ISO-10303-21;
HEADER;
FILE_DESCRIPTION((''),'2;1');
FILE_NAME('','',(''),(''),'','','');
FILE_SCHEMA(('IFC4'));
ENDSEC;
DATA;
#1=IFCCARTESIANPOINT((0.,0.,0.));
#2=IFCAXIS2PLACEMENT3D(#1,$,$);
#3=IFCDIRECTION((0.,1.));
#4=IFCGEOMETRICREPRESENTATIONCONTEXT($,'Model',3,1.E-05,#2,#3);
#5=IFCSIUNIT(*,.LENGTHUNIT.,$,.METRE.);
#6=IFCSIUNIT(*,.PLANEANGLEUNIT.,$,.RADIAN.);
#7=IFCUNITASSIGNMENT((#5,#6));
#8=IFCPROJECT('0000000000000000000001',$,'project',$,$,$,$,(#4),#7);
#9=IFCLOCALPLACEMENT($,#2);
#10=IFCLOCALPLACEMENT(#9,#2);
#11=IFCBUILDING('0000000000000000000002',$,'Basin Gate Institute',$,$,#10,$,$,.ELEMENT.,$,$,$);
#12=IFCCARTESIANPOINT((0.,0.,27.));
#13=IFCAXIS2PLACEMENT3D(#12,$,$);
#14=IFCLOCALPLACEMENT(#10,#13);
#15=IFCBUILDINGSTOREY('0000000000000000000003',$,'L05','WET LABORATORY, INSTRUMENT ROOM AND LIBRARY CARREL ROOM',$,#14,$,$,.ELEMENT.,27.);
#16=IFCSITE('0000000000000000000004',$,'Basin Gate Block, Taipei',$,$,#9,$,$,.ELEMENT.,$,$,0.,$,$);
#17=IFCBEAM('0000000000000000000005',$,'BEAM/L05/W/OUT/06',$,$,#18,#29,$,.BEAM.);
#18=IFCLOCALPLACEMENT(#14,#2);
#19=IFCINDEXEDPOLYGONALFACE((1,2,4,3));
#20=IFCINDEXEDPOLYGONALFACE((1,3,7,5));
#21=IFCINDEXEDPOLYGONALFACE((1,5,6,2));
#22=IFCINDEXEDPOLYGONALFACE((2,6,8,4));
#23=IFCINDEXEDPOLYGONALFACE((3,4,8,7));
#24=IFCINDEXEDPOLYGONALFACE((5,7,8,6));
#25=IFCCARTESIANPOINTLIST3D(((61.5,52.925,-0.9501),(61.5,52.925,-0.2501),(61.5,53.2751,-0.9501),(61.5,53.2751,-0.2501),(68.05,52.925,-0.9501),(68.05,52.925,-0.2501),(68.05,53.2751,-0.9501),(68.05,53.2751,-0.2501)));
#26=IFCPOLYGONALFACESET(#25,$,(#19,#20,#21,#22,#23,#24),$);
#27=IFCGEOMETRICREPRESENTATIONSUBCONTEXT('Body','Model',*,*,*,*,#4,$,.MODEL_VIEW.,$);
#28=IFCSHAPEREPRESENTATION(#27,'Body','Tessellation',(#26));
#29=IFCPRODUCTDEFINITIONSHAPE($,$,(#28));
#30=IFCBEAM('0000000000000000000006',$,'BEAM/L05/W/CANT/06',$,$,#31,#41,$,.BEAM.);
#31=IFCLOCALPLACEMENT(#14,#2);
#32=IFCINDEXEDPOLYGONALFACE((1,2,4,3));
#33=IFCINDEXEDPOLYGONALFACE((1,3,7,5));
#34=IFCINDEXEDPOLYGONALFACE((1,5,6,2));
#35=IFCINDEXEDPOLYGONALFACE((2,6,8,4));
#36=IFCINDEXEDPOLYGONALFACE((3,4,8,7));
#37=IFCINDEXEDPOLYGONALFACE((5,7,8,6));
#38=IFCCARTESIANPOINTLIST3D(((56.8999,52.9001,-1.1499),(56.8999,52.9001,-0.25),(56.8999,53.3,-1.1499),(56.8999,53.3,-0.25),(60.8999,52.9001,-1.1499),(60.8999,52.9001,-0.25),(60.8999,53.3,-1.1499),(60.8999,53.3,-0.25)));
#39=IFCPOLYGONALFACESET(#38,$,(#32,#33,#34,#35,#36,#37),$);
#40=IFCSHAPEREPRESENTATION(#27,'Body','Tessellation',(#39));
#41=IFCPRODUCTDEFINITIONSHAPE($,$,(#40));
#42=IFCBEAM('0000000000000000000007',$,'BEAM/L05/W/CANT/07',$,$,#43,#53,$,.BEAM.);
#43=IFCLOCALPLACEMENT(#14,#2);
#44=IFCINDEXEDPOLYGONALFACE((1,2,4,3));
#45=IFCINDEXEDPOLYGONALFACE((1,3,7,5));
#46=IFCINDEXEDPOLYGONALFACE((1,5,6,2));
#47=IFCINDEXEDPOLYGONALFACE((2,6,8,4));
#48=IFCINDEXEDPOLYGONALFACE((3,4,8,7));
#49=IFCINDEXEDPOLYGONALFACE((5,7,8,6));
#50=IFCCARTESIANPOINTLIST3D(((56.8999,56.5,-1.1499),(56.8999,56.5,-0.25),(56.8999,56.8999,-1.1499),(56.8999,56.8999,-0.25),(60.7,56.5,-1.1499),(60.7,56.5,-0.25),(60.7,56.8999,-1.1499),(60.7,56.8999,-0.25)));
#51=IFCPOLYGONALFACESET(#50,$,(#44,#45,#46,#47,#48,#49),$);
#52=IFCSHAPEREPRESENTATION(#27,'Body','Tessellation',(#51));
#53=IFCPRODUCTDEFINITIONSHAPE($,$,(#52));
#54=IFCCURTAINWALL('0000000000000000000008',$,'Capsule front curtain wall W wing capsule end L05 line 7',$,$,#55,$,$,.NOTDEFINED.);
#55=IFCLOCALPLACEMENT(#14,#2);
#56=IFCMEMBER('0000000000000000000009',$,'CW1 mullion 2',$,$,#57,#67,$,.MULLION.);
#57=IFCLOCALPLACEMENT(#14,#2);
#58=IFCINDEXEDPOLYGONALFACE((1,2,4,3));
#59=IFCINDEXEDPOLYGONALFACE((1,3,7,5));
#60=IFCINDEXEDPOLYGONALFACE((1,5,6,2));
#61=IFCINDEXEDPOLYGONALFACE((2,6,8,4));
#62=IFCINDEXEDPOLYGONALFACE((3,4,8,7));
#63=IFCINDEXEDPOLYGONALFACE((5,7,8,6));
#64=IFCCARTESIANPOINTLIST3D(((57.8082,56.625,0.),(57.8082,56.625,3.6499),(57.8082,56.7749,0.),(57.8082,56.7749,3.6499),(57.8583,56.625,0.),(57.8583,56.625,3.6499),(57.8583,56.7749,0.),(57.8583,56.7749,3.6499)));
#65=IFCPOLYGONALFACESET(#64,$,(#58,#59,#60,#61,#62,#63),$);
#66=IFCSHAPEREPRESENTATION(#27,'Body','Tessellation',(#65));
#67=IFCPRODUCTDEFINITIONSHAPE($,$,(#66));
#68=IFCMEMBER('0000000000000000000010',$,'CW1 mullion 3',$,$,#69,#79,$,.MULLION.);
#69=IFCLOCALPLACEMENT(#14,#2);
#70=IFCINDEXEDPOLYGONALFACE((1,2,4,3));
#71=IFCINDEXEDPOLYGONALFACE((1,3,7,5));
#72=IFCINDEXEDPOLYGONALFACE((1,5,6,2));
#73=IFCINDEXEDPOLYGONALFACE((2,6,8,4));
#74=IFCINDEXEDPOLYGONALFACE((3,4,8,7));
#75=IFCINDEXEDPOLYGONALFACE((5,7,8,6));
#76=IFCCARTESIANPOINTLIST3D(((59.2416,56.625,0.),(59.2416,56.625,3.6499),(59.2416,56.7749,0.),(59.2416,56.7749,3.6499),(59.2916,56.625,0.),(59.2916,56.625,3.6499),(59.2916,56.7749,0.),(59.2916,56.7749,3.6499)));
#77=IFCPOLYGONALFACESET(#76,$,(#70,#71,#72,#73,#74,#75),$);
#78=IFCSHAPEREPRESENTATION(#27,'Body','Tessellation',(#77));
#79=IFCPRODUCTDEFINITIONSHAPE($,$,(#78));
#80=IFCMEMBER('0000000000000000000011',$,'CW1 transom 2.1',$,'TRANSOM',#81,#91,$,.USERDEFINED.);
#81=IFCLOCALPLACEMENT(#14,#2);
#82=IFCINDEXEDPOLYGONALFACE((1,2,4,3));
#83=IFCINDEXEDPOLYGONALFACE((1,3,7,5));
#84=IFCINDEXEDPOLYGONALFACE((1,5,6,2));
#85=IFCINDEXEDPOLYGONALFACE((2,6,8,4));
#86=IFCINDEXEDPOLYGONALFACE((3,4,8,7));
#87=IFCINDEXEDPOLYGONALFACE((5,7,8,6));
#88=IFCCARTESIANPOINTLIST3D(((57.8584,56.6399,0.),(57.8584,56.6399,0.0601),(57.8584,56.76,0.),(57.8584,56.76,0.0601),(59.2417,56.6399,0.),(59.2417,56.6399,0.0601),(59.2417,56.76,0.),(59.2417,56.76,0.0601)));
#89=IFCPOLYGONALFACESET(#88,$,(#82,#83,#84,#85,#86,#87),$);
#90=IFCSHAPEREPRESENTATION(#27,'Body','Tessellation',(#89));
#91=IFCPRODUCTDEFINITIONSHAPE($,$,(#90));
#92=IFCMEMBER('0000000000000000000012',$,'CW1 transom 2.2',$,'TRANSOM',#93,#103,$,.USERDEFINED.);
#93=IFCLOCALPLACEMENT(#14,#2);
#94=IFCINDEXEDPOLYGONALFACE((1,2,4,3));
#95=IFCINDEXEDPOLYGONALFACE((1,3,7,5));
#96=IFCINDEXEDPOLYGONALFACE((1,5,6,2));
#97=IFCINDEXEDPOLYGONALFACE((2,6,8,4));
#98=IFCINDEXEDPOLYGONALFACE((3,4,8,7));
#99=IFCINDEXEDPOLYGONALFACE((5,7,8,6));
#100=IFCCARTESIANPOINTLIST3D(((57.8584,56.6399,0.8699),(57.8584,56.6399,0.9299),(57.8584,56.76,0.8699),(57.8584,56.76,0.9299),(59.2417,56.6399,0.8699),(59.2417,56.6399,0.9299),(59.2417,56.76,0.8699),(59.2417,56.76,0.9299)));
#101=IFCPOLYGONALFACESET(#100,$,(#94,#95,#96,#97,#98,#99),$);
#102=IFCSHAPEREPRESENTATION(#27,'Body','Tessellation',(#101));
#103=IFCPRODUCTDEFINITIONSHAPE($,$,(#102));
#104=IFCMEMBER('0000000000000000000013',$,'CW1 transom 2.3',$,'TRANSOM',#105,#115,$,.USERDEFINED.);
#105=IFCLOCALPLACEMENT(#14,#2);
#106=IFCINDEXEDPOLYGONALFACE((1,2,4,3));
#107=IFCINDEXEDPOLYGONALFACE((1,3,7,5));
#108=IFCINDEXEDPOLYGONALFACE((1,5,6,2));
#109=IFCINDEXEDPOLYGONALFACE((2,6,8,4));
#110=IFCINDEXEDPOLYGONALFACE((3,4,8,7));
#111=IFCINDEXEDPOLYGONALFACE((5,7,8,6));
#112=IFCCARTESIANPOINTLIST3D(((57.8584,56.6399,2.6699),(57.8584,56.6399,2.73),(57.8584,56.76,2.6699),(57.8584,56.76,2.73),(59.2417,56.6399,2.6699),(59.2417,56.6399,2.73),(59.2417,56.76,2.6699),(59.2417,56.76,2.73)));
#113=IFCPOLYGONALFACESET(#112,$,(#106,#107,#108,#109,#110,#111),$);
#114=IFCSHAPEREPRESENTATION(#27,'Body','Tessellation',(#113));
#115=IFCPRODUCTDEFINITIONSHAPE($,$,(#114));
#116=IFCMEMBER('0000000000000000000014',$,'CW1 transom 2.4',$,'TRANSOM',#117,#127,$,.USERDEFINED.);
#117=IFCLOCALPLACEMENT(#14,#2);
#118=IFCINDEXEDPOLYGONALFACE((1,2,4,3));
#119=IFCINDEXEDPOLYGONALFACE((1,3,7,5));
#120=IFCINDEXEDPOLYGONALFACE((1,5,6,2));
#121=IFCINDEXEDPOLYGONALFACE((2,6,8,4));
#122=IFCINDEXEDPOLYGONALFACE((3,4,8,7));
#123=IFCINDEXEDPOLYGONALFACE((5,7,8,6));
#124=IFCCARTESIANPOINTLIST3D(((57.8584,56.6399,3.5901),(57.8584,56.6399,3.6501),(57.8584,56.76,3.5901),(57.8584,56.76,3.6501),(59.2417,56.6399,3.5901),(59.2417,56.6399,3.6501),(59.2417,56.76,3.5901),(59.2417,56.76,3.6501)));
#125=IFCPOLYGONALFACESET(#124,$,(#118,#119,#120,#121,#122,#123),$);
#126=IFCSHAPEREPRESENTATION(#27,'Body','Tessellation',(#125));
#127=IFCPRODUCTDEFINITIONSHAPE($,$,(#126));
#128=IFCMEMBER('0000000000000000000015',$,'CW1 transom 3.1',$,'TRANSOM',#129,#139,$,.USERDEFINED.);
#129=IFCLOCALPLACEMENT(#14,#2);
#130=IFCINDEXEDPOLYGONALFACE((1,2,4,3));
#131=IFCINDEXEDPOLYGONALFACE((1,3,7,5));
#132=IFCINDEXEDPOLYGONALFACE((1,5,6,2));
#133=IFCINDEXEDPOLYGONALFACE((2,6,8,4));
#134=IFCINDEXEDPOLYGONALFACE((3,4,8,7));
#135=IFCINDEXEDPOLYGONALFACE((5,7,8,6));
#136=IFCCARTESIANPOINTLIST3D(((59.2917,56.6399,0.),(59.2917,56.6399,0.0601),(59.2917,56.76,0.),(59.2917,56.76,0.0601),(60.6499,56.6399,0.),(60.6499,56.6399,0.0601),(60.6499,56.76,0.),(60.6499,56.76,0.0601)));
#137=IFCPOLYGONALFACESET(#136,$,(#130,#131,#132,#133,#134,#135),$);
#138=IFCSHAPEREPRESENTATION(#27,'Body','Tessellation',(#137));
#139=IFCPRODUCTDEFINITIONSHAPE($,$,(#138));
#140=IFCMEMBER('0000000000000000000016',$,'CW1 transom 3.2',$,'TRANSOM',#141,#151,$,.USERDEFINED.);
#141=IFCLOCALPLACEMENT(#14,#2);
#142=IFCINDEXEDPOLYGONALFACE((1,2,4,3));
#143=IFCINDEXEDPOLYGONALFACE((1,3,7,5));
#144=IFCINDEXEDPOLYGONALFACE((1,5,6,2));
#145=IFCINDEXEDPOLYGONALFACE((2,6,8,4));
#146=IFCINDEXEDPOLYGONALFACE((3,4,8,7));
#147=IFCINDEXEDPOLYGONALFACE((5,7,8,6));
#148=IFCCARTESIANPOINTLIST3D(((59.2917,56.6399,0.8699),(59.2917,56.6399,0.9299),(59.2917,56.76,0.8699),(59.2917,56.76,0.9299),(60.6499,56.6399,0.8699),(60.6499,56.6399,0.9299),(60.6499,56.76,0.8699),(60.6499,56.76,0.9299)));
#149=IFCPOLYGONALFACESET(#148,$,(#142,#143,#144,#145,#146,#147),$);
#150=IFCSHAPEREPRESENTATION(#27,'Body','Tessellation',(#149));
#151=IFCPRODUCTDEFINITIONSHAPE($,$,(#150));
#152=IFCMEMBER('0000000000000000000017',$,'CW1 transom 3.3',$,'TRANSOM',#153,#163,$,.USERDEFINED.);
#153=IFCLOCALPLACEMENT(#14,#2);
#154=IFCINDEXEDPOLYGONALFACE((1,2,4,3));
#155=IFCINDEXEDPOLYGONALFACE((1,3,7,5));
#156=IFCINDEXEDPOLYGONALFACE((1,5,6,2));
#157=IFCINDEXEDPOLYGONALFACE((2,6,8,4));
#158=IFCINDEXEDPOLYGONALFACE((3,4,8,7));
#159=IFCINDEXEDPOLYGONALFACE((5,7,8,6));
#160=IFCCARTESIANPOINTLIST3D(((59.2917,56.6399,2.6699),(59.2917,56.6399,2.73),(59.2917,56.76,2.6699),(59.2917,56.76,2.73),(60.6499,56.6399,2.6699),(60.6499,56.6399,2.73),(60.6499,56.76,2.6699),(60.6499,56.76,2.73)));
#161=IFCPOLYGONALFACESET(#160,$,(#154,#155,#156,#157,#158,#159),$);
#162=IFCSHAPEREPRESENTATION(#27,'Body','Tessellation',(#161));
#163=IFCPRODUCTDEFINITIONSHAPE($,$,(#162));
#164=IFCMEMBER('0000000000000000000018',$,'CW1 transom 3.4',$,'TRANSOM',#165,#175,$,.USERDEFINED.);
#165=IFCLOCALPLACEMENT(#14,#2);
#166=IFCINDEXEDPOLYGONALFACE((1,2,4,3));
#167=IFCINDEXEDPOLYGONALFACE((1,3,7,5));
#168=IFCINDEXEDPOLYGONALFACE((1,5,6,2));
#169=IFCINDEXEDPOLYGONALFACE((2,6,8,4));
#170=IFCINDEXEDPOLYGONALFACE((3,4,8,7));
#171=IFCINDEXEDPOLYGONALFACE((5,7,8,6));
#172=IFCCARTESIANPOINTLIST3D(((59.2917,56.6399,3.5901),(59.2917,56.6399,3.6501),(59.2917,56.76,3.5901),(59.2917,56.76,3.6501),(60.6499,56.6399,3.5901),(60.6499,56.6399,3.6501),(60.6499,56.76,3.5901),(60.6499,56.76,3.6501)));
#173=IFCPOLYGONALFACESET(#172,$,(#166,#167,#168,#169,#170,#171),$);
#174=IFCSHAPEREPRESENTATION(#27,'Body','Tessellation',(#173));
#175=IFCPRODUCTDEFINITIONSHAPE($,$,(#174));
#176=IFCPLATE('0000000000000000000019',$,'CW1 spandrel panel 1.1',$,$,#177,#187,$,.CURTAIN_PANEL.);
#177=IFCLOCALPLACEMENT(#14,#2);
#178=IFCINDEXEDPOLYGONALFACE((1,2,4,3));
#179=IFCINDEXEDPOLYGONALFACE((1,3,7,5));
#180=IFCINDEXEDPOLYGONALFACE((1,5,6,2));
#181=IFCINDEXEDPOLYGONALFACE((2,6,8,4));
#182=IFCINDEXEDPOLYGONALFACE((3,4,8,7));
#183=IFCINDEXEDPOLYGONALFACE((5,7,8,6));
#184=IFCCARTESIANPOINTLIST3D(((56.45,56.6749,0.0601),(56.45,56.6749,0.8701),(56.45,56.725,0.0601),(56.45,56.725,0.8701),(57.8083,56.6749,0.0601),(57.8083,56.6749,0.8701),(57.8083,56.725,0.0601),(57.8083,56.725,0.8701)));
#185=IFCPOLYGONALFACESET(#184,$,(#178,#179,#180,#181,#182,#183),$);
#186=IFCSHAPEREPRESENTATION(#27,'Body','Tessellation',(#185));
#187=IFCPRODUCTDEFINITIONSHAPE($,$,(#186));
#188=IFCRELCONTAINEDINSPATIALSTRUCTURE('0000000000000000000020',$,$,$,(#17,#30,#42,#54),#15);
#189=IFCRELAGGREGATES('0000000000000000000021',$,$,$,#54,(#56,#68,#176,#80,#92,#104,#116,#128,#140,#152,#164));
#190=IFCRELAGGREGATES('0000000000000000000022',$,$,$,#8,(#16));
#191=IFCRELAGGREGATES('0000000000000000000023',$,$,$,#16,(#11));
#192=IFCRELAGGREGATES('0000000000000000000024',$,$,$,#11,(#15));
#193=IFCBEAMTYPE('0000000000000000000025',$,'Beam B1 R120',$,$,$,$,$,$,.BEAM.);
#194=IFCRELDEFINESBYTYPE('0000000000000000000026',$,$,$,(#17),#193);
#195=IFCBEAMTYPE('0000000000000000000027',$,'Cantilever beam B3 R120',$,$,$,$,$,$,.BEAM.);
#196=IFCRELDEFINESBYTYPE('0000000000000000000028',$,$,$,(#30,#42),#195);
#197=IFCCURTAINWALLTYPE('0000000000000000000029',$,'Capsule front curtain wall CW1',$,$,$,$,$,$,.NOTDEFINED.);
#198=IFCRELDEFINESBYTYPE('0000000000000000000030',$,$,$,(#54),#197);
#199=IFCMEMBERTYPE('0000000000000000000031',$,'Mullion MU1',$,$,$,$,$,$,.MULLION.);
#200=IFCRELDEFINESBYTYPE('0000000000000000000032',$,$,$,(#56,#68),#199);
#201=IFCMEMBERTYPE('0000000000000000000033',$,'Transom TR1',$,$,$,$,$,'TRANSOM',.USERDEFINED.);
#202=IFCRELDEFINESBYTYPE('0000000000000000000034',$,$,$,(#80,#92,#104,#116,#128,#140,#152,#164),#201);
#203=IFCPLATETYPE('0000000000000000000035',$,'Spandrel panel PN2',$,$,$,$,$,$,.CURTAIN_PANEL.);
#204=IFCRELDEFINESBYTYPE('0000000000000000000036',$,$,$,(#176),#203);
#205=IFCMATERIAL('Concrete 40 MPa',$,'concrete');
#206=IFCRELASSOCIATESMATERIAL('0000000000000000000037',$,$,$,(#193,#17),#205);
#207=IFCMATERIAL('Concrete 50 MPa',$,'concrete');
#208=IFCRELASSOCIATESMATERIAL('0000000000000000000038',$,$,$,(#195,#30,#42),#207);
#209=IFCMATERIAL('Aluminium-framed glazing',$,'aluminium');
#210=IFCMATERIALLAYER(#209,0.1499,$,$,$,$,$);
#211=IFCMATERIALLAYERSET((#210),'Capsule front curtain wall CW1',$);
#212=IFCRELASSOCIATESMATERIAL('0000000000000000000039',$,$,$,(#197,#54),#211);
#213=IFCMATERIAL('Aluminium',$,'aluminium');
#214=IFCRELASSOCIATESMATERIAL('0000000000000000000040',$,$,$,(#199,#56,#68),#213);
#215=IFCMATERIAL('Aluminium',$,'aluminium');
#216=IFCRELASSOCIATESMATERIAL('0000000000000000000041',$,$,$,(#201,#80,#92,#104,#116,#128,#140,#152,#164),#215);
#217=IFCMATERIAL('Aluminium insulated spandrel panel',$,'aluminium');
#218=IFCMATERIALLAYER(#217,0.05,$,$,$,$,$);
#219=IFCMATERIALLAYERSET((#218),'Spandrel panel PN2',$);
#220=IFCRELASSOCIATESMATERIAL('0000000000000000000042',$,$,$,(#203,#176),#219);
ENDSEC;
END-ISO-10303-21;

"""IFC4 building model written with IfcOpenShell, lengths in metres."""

from ifc_helpers import new_model, si_unit, direction, frame, origin, origin_2d, place, context, subcontext, project, spatial, rectangle, extrude, material, layer, layer_set, material_profile, profile_set, type_object, element, aggregate, save


model = new_model("IFC4")

# Units and contexts
model_context = context("Model", 3, precision=1e-05, world=origin(), true_north=direction((0.0, 1.0)))
body_context = subcontext(model_context, "Body", "Model", "MODEL_VIEW")
ifc_project = project(units=[si_unit("LENGTHUNIT", "METRE"), si_unit("PLANEANGLEUNIT", "RADIAN")], contexts=[model_context])

# Site, building, storey
site_placement = place(None, origin())
site = spatial("IfcSite", under=ifc_project, at=site_placement, Name="Basin Gate Block, Taipei", CompositionType="ELEMENT", RefElevation=0.0)
building_placement = place(site_placement, origin())
building = spatial("IfcBuilding", under=site, at=building_placement, Name="Basin Gate Institute", CompositionType="ELEMENT")
storey_placement = place(building_placement, frame((0.0, 0.0, 27.0)))
storey = spatial("IfcBuildingStorey", under=building, at=storey_placement, Name="L05", Description="WET LABORATORY, INSTRUMENT ROOM AND LIBRARY CARREL ROOM", CompositionType="ELEMENT", Elevation=27.0)

# Beams
ifc_material_1 = material(Name="Concrete 40 MPa", Category="concrete")
ifc_material_profile_1 = material_profile(ifc_material_1, rectangle(XDim=0.3501, YDim=0.7, at=origin_2d()), Name="Beam B1 350 x 700")
ifc_profile_set_1 = profile_set([ifc_material_profile_1], Name="Concrete 40 MPa")
beam_type_1 = type_object("IfcBeamType", Name="Beam B1 R120", PredefinedType="BEAM", material=ifc_profile_set_1)
beam_1_placement = place(storey_placement, frame((61.5, 53.1001, -0.6001), z_axis=(1.0, 0.0, 0.0), x_axis=(0.0, 1.0, 0.0)))
element("IfcBeam", 1, at=beam_1_placement, inside=storey, type_object=beam_type_1, material=ifc_profile_set_1, Name="BEAM/L05/W/OUT/06", PredefinedType="BEAM", context=body_context, shape_type="SweptSolid", body=[
    extrude(rectangle(XDim=0.3501, YDim=0.7, at=origin_2d()), origin(), (0.0, 0.0, 1.0), 6.55),
])
ifc_material_2 = material(Name="Concrete 50 MPa", Category="concrete")
ifc_material_profile_2 = material_profile(ifc_material_2, rectangle(XDim=0.3999, YDim=0.8999, at=origin_2d()), Name="Cantilever beam B3 400 x 900")
ifc_profile_set_2 = profile_set([ifc_material_profile_2], Name="Concrete 50 MPa")
beam_type_2 = type_object("IfcBeamType", Name="Cantilever beam B3 R120", PredefinedType="BEAM", material=ifc_profile_set_2)
beam_2_placement = place(storey_placement, frame((56.8999, 53.1001, -0.7), z_axis=(1.0, 0.0, 0.0), x_axis=(0.0, 1.0, 0.0)))
element("IfcBeam", 2, at=beam_2_placement, inside=storey, type_object=beam_type_2, material=ifc_profile_set_2, Name="BEAM/L05/W/CANT/06", PredefinedType="BEAM", context=body_context, shape_type="SweptSolid", body=[
    extrude(rectangle(XDim=0.3999, YDim=0.8999, at=origin_2d()), origin(), (0.0, 0.0, 1.0), 4.0),
])
beam_3_placement = place(storey_placement, frame((56.8999, 56.7, -0.7), z_axis=(1.0, 0.0, 0.0), x_axis=(0.0, 1.0, 0.0)))
element("IfcBeam", 3, at=beam_3_placement, inside=storey, type_object=beam_type_2, material=ifc_profile_set_2, Name="BEAM/L05/W/CANT/07", PredefinedType="BEAM", context=body_context, shape_type="SweptSolid", body=[
    extrude(rectangle(XDim=0.3999, YDim=0.8999, at=origin_2d()), origin(), (0.0, 0.0, 1.0), 3.8),
])

# Curtain wall, members, plate
ifc_material_3 = material(Name="Aluminium-framed glazing", Category="aluminium")
ifc_layer_1 = layer(ifc_material_3, 0.1499)
ifc_layer_set_1 = layer_set([ifc_layer_1], Name="Capsule front curtain wall CW1")
curtain_wall_type = type_object("IfcCurtainWallType", Name="Capsule front curtain wall CW1", PredefinedType="NOTDEFINED", material=ifc_layer_set_1)
curtain_wall_placement = place(storey_placement, origin())
curtain_wall = element("IfcCurtainWall", 4, at=curtain_wall_placement, inside=storey, type_object=curtain_wall_type, material=ifc_layer_set_1, Name="Capsule front curtain wall W wing capsule end L05 line 7", PredefinedType="NOTDEFINED")
ifc_material_4 = material(Name="Aluminium", Category="aluminium")
ifc_material_profile_3 = material_profile(ifc_material_4, rectangle(XDim=0.1499, YDim=0.05, at=origin_2d()), Name="Mullion MU1 150 x 50")
ifc_profile_set_3 = profile_set([ifc_material_profile_3], Name="Aluminium")
member_type_1 = type_object("IfcMemberType", Name="Mullion MU1", PredefinedType="MULLION", material=ifc_profile_set_3)
member_1_placement = place(storey_placement, frame((57.8333, 56.7, 0.0), z_axis=(0.0, 0.0, 1.0), x_axis=(0.0, 1.0, 0.0)))
member_1 = element("IfcMember", 5, at=member_1_placement, type_object=member_type_1, material=ifc_profile_set_3, Name="CW1 mullion 2", PredefinedType="MULLION", context=body_context, shape_type="SweptSolid", body=[
    extrude(rectangle(XDim=0.1499, YDim=0.05, at=origin_2d()), origin(), (0.0, 0.0, 1.0), 3.6499),
])
member_2_placement = place(storey_placement, frame((59.2666, 56.7, 0.0), z_axis=(0.0, 0.0, 1.0), x_axis=(0.0, 1.0, 0.0)))
member_2 = element("IfcMember", 6, at=member_2_placement, type_object=member_type_1, material=ifc_profile_set_3, Name="CW1 mullion 3", PredefinedType="MULLION", context=body_context, shape_type="SweptSolid", body=[
    extrude(rectangle(XDim=0.1499, YDim=0.05, at=origin_2d()), origin(), (0.0, 0.0, 1.0), 3.6499),
])
ifc_material_5 = material(Name="Aluminium", Category="aluminium")
ifc_material_profile_4 = material_profile(ifc_material_5, rectangle(XDim=0.1201, YDim=0.0601, at=origin_2d()), Name="Transom TR1 120 x 60")
ifc_profile_set_4 = profile_set([ifc_material_profile_4], Name="Aluminium")
member_type_2 = type_object("IfcMemberType", Name="Transom TR1", ElementType="TRANSOM", PredefinedType="USERDEFINED", material=ifc_profile_set_4)
member_3_placement = place(storey_placement, frame((57.8584, 56.7, 0.03), z_axis=(1.0, 0.0, 0.0), x_axis=(0.0, 1.0, 0.0)))
member_3 = element("IfcMember", 7, at=member_3_placement, type_object=member_type_2, material=ifc_profile_set_4, Name="CW1 transom 2.1", ObjectType="TRANSOM", PredefinedType="USERDEFINED", context=body_context, shape_type="SweptSolid", body=[
    extrude(rectangle(XDim=0.1201, YDim=0.0601, at=origin_2d()), origin(), (0.0, 0.0, 1.0), 1.3833),
])
member_4_placement = place(storey_placement, frame((57.8584, 56.7, 0.8999), z_axis=(1.0, 0.0, 0.0), x_axis=(0.0, 1.0, 0.0)))
member_4 = element("IfcMember", 8, at=member_4_placement, type_object=member_type_2, material=ifc_profile_set_4, Name="CW1 transom 2.2", ObjectType="TRANSOM", PredefinedType="USERDEFINED", context=body_context, shape_type="SweptSolid", body=[
    extrude(rectangle(XDim=0.1201, YDim=0.0601, at=origin_2d()), origin(), (0.0, 0.0, 1.0), 1.3833),
])
member_5_placement = place(storey_placement, frame((57.8584, 56.7, 2.7), z_axis=(1.0, 0.0, 0.0), x_axis=(0.0, 1.0, 0.0)))
member_5 = element("IfcMember", 9, at=member_5_placement, type_object=member_type_2, material=ifc_profile_set_4, Name="CW1 transom 2.3", ObjectType="TRANSOM", PredefinedType="USERDEFINED", context=body_context, shape_type="SweptSolid", body=[
    extrude(rectangle(XDim=0.1201, YDim=0.0601, at=origin_2d()), origin(), (0.0, 0.0, 1.0), 1.3833),
])
member_6_placement = place(storey_placement, frame((57.8584, 56.7, 3.6201), z_axis=(1.0, 0.0, 0.0), x_axis=(0.0, 1.0, 0.0)))
member_6 = element("IfcMember", 10, at=member_6_placement, type_object=member_type_2, material=ifc_profile_set_4, Name="CW1 transom 2.4", ObjectType="TRANSOM", PredefinedType="USERDEFINED", context=body_context, shape_type="SweptSolid", body=[
    extrude(rectangle(XDim=0.1201, YDim=0.0601, at=origin_2d()), origin(), (0.0, 0.0, 1.0), 1.3833),
])
member_7_placement = place(storey_placement, frame((59.2917, 56.7, 0.03), z_axis=(1.0, 0.0, 0.0), x_axis=(0.0, 1.0, 0.0)))
member_7 = element("IfcMember", 11, at=member_7_placement, type_object=member_type_2, material=ifc_profile_set_4, Name="CW1 transom 3.1", ObjectType="TRANSOM", PredefinedType="USERDEFINED", context=body_context, shape_type="SweptSolid", body=[
    extrude(rectangle(XDim=0.1201, YDim=0.0601, at=origin_2d()), origin(), (0.0, 0.0, 1.0), 1.3582),
])
member_8_placement = place(storey_placement, frame((59.2917, 56.7, 0.8999), z_axis=(1.0, 0.0, 0.0), x_axis=(0.0, 1.0, 0.0)))
member_8 = element("IfcMember", 12, at=member_8_placement, type_object=member_type_2, material=ifc_profile_set_4, Name="CW1 transom 3.2", ObjectType="TRANSOM", PredefinedType="USERDEFINED", context=body_context, shape_type="SweptSolid", body=[
    extrude(rectangle(XDim=0.1201, YDim=0.0601, at=origin_2d()), origin(), (0.0, 0.0, 1.0), 1.3582),
])
member_9_placement = place(storey_placement, frame((59.2917, 56.7, 2.7), z_axis=(1.0, 0.0, 0.0), x_axis=(0.0, 1.0, 0.0)))
member_9 = element("IfcMember", 13, at=member_9_placement, type_object=member_type_2, material=ifc_profile_set_4, Name="CW1 transom 3.3", ObjectType="TRANSOM", PredefinedType="USERDEFINED", context=body_context, shape_type="SweptSolid", body=[
    extrude(rectangle(XDim=0.1201, YDim=0.0601, at=origin_2d()), origin(), (0.0, 0.0, 1.0), 1.3582),
])
member_10_placement = place(storey_placement, frame((59.2917, 56.7, 3.6201), z_axis=(1.0, 0.0, 0.0), x_axis=(0.0, 1.0, 0.0)))
member_10 = element("IfcMember", 14, at=member_10_placement, type_object=member_type_2, material=ifc_profile_set_4, Name="CW1 transom 3.4", ObjectType="TRANSOM", PredefinedType="USERDEFINED", context=body_context, shape_type="SweptSolid", body=[
    extrude(rectangle(XDim=0.1201, YDim=0.0601, at=origin_2d()), origin(), (0.0, 0.0, 1.0), 1.3582),
])
ifc_material_6 = material(Name="Aluminium insulated spandrel panel", Category="aluminium")
ifc_layer_2 = layer(ifc_material_6, 0.05)
ifc_layer_set_2 = layer_set([ifc_layer_2], Name="Spandrel panel PN2")
plate_type_1 = type_object("IfcPlateType", Name="Spandrel panel PN2", PredefinedType="CURTAIN_PANEL", material=ifc_layer_set_2)
plate_1_placement = place(storey_placement, frame((57.1292, 56.7, 0.0601), z_axis=(0.0, 0.0, 1.0), x_axis=(1.0, 0.0, 0.0)))
plate_1 = element("IfcPlate", 15, at=plate_1_placement, type_object=plate_type_1, material=ifc_layer_set_2, Name="CW1 spandrel panel 1.1", PredefinedType="CURTAIN_PANEL", context=body_context, shape_type="SweptSolid", body=[
    extrude(rectangle(XDim=1.3584, YDim=0.05, at=origin_2d()), origin(), (0.0, 0.0, 1.0), 0.8101),
])
aggregate(curtain_wall, [member_1, member_2, plate_1, member_3, member_4, member_5, member_6, member_7, member_8, member_9, member_10])

save(model, "model.ifc")
